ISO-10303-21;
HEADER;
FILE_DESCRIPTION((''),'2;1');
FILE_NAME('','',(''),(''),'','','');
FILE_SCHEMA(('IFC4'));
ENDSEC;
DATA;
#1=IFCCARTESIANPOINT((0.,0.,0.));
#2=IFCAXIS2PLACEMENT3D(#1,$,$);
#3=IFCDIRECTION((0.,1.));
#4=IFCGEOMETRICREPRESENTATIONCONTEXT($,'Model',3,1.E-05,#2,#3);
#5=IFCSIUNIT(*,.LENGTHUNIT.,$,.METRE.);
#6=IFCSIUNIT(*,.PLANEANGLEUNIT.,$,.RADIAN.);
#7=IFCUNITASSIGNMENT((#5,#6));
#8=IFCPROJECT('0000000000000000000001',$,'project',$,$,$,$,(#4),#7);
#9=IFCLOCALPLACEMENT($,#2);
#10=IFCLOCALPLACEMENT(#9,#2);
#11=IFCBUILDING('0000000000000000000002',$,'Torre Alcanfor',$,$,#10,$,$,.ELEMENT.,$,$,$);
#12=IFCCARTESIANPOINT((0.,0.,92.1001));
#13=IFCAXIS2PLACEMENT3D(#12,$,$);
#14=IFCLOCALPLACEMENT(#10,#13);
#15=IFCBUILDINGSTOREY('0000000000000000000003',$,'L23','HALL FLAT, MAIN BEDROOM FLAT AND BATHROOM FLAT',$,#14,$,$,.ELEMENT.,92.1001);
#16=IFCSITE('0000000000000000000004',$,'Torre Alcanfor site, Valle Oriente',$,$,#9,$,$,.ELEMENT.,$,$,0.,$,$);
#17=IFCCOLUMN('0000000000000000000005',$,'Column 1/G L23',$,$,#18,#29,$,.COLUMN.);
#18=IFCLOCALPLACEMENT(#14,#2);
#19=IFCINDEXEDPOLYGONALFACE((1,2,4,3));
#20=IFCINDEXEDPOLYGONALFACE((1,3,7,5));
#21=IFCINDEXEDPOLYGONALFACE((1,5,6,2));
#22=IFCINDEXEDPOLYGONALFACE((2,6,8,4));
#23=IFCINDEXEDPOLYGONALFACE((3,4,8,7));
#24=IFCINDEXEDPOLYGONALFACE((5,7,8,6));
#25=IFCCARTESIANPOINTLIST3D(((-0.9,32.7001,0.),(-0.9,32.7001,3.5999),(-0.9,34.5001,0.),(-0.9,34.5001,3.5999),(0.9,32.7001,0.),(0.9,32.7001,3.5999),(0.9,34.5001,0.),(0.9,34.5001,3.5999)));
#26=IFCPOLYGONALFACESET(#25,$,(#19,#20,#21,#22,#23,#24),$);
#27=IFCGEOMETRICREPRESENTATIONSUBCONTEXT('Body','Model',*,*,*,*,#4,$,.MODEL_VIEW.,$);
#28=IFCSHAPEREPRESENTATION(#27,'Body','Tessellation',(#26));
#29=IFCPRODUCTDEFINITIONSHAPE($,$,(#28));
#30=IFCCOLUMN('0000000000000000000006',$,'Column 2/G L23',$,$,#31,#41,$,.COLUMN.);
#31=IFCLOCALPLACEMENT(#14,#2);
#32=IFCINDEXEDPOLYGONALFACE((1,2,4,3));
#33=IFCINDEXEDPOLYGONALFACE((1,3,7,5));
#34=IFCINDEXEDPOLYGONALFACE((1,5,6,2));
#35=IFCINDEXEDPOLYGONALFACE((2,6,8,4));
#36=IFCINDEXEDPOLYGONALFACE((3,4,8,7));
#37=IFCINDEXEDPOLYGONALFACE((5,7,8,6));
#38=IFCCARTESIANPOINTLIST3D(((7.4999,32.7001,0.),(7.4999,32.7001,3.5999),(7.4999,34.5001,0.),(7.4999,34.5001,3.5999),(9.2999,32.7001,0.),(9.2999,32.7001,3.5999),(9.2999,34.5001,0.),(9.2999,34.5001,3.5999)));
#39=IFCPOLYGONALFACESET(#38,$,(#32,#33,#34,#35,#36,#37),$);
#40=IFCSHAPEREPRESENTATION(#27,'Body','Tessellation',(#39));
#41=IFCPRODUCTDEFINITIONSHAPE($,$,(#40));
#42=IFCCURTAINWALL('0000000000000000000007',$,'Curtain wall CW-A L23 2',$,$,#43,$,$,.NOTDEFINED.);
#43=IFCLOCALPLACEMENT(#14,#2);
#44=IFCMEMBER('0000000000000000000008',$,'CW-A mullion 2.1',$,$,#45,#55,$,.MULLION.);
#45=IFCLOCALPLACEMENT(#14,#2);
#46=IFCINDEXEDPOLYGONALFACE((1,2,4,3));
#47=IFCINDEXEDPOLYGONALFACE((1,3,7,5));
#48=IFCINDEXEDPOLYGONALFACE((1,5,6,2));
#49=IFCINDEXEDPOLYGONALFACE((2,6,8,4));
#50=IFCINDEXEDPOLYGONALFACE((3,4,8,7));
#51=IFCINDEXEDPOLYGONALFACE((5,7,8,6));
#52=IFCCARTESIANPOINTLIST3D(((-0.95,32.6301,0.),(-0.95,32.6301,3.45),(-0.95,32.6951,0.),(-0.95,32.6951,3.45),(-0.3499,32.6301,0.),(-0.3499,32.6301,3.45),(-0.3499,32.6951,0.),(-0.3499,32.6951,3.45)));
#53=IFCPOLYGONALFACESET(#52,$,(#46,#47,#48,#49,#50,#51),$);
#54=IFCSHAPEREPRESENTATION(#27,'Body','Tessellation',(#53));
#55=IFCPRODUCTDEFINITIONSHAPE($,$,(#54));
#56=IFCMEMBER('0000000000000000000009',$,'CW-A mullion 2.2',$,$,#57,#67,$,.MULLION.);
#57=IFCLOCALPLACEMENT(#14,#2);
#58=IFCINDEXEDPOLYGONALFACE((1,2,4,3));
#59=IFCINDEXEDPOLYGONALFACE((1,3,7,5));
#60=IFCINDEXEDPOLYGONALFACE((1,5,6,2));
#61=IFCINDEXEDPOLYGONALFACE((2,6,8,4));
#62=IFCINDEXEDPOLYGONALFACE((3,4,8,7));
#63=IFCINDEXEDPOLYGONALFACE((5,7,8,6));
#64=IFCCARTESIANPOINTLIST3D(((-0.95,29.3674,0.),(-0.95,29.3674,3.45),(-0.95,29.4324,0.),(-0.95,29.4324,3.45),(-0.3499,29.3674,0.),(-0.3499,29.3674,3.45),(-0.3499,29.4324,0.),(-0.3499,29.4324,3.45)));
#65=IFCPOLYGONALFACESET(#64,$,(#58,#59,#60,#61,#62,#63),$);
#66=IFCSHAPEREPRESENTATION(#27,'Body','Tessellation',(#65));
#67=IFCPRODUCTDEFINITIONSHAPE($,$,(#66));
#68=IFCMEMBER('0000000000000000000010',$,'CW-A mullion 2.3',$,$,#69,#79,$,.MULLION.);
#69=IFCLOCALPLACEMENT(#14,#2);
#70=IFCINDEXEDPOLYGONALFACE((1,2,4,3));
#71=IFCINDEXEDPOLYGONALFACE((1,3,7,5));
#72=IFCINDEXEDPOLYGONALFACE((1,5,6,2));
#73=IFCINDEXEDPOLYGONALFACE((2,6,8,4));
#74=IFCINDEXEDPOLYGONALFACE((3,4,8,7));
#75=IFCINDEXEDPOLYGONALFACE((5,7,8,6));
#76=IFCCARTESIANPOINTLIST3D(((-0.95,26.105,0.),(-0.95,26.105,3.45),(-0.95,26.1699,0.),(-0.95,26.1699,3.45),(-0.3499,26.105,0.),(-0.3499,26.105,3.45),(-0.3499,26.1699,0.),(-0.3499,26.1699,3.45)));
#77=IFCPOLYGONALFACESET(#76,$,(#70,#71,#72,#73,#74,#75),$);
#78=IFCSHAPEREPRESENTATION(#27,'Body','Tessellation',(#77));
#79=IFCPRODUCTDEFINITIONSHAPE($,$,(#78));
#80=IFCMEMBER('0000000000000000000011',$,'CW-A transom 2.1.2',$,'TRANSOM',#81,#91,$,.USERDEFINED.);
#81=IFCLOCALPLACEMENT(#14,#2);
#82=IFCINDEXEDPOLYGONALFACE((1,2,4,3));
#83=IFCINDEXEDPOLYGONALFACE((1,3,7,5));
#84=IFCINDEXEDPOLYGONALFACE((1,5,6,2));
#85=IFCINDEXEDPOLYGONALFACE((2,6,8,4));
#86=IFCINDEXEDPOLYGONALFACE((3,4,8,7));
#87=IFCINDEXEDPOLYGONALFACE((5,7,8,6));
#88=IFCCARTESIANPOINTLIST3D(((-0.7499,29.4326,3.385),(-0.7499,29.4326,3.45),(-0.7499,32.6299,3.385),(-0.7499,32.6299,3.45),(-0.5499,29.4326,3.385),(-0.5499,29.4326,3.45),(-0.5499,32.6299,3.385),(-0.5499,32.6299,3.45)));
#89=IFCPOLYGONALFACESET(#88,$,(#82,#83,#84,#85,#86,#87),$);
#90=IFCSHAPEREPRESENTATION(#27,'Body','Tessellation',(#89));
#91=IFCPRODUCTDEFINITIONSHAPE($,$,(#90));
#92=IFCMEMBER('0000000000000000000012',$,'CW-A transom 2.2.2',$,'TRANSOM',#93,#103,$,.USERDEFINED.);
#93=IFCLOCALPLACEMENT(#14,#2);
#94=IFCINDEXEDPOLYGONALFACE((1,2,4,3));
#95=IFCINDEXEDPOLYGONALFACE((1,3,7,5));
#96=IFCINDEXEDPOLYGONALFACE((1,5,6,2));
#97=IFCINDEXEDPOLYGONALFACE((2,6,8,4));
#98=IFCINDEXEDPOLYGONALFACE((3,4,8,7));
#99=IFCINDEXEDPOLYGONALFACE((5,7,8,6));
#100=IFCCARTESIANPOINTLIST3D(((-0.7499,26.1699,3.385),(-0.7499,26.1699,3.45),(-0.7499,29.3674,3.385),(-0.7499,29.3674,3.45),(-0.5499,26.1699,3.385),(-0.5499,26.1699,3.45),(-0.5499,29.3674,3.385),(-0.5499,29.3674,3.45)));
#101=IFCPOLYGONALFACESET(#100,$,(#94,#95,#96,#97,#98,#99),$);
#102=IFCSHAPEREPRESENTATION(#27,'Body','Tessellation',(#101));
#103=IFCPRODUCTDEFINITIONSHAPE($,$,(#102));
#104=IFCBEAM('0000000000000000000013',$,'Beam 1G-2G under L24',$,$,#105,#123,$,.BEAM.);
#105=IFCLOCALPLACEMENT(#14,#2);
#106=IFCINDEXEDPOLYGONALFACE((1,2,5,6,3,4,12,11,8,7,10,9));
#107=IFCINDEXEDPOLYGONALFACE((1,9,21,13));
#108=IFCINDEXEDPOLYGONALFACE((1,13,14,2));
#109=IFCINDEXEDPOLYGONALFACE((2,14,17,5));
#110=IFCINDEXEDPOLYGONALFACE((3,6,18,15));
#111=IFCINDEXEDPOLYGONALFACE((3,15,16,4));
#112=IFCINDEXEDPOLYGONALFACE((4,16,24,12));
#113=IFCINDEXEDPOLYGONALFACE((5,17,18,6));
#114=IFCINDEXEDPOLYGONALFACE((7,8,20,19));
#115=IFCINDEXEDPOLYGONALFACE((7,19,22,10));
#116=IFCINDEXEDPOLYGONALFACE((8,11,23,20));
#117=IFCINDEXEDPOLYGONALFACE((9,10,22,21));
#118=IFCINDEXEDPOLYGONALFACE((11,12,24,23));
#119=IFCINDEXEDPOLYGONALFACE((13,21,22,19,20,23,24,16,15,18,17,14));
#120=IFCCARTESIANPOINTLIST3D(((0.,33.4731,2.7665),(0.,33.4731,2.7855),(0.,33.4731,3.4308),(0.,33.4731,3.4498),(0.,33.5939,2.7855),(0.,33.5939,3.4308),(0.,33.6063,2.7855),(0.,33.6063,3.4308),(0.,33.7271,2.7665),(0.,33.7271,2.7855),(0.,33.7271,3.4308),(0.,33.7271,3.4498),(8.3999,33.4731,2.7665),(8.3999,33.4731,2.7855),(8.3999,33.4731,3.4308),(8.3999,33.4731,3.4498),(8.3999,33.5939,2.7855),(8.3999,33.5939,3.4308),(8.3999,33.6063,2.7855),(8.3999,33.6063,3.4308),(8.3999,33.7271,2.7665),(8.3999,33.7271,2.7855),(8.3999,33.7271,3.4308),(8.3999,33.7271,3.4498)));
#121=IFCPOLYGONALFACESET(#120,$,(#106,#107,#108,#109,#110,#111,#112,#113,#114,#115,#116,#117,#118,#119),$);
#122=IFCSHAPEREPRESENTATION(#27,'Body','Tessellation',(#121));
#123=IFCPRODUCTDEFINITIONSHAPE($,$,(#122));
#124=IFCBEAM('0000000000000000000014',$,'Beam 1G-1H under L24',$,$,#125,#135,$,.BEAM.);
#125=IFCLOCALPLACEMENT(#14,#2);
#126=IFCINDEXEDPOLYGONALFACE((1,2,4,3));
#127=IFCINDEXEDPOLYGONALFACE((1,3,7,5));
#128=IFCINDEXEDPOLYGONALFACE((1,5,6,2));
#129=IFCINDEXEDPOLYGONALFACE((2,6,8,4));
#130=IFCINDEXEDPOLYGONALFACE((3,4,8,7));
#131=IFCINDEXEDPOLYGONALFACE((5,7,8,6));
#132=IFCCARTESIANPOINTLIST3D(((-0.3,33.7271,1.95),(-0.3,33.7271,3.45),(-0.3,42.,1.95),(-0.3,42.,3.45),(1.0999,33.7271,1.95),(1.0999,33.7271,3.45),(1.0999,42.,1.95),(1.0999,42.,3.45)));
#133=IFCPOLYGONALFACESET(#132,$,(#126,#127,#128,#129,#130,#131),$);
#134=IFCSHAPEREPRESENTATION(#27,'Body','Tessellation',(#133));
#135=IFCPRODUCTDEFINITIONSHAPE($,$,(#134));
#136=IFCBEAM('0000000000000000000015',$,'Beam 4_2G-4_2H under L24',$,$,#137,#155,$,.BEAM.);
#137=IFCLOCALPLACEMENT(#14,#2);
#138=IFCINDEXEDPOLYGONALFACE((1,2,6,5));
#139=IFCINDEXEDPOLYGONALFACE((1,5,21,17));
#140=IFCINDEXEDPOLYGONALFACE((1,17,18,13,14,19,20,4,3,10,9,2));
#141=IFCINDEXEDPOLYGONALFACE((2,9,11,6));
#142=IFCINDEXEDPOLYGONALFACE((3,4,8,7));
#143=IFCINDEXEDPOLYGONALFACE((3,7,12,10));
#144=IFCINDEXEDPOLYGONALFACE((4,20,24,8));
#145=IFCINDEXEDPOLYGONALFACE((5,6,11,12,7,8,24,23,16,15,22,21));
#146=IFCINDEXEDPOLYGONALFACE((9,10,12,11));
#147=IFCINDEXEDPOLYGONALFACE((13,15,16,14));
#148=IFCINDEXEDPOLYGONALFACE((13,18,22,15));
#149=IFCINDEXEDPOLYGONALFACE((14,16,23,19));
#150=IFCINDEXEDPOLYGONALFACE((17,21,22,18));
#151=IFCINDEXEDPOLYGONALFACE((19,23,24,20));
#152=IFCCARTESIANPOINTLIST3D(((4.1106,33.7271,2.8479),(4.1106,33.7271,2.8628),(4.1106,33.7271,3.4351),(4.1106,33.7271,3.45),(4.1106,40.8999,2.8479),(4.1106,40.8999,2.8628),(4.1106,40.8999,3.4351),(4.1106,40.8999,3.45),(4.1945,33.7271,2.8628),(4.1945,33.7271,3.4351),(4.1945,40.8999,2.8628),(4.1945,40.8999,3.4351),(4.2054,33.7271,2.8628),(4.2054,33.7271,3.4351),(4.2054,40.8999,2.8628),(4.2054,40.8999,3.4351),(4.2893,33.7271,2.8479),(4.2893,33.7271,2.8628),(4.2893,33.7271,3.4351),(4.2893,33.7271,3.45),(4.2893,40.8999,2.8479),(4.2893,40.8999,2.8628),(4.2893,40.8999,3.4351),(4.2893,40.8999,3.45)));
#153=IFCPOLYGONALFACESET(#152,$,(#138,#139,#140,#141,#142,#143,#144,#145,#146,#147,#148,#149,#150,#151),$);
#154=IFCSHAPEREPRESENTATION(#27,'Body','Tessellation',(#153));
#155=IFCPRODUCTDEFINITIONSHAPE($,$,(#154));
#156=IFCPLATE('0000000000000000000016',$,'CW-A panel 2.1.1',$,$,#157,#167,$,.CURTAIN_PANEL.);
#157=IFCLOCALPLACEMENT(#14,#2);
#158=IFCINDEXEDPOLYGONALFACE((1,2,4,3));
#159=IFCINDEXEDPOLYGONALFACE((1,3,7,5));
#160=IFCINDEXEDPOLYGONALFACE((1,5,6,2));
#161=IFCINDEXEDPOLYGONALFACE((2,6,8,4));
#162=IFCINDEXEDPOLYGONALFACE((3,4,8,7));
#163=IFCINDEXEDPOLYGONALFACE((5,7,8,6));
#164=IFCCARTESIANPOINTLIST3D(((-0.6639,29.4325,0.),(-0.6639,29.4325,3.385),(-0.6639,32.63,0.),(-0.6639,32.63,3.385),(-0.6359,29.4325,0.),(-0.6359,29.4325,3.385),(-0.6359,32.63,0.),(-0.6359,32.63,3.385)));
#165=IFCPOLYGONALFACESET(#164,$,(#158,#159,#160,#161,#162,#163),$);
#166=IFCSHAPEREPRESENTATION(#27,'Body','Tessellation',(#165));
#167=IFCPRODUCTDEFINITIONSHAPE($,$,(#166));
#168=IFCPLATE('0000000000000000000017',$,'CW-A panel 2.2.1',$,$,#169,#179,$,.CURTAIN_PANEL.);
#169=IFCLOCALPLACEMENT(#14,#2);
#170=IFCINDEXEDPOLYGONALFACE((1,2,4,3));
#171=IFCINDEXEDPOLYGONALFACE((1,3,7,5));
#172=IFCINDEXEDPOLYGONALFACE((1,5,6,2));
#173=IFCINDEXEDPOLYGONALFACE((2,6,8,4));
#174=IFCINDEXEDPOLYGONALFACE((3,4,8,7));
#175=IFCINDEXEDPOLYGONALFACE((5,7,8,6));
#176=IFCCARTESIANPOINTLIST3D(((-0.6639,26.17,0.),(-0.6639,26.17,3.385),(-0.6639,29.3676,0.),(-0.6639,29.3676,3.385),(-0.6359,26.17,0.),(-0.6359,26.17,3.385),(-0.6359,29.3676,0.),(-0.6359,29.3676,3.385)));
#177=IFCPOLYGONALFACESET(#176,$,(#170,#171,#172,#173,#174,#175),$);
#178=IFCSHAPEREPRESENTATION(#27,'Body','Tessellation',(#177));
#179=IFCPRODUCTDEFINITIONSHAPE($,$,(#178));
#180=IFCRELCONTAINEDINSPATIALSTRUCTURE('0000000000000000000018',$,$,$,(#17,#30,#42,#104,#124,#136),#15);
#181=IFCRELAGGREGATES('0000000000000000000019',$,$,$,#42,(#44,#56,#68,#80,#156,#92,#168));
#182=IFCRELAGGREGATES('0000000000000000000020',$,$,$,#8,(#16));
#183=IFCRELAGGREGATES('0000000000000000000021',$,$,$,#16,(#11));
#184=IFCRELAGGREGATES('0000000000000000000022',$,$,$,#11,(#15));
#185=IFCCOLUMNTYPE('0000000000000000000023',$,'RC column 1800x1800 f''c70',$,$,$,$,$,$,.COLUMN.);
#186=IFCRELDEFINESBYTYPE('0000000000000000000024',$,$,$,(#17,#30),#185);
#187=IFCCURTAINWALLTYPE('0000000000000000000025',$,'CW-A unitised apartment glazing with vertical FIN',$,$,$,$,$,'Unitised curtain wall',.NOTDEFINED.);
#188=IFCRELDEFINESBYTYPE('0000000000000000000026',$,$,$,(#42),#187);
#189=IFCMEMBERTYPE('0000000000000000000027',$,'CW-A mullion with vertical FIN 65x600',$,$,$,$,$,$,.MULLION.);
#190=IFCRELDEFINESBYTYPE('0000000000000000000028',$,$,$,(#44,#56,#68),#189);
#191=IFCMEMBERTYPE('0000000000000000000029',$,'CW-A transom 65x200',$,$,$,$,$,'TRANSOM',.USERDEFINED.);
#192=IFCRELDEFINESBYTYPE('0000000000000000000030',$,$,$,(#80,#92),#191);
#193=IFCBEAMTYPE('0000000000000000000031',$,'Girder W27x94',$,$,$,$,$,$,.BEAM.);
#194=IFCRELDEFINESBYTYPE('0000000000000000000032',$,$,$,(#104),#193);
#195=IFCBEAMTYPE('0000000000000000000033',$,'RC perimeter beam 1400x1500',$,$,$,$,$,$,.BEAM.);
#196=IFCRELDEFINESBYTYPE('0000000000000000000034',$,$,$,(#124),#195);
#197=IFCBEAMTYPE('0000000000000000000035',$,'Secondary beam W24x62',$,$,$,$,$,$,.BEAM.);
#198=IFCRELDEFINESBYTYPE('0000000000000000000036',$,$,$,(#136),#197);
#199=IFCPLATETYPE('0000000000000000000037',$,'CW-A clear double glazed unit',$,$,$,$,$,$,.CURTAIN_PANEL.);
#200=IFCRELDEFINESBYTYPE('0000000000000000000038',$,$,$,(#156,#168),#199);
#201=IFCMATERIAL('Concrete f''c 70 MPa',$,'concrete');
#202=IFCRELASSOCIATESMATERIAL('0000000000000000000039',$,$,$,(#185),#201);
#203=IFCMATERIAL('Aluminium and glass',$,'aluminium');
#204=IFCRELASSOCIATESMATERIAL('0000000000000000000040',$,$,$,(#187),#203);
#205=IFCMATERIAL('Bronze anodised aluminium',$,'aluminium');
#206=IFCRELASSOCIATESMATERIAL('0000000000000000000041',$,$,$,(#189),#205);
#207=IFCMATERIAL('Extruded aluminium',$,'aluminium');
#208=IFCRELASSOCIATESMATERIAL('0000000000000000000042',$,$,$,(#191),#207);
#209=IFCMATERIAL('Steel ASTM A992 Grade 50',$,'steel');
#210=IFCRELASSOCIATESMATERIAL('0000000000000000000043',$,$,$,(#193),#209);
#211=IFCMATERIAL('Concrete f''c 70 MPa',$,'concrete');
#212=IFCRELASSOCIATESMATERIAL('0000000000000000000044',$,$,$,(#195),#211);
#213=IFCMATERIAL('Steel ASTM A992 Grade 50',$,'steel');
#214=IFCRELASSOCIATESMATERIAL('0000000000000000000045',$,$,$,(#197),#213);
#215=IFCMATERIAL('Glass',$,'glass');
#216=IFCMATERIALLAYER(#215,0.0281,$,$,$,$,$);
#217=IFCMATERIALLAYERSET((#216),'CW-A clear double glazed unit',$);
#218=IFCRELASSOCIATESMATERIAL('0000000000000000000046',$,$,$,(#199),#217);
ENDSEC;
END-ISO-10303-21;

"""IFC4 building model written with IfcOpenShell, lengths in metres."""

from ifc_helpers import new_model, si_unit, direction, frame, origin, origin_2d, place, context, subcontext, project, spatial, rectangle, i_section, extrude, material, layer, layer_set, material_profile, profile_set, type_object, element, aggregate, save


model = new_model("IFC4")

# Units and contexts
model_context = context("Model", 3, precision=1e-05, world=origin(), true_north=direction((0.0, 1.0)))
body_context = subcontext(model_context, "Body", "Model", "MODEL_VIEW")
ifc_project = project(units=[si_unit("LENGTHUNIT", "METRE"), si_unit("PLANEANGLEUNIT", "RADIAN")], contexts=[model_context])

# Site, building, storey
site_placement = place(None, origin())
site = spatial("IfcSite", under=ifc_project, at=site_placement, Name="Torre Alcanfor site, Valle Oriente", CompositionType="ELEMENT", RefElevation=0.0)
building_placement = place(site_placement, origin())
building = spatial("IfcBuilding", under=site, at=building_placement, Name="Torre Alcanfor", CompositionType="ELEMENT")
storey_placement = place(building_placement, frame((0.0, 0.0, 92.1001)))
storey = spatial("IfcBuildingStorey", under=building, at=storey_placement, Name="L23", Description="HALL FLAT, MAIN BEDROOM FLAT AND BATHROOM FLAT", CompositionType="ELEMENT", Elevation=92.1001)

# Columns
ifc_material_1 = material(Name="Concrete f'c 70 MPa", Category="concrete")
ifc_material_profile_1 = material_profile(ifc_material_1, rectangle(XDim=1.8, YDim=1.8, at=origin_2d()), Name="1800x1800")
ifc_profile_set_1 = profile_set([ifc_material_profile_1], Name="Concrete f'c 70 MPa")
column_type = type_object("IfcColumnType", Name="RC column 1800x1800 f'c70", PredefinedType="COLUMN", material=ifc_profile_set_1)
for number, where, z_axis, x_axis, name in (
    (1, (0.0, 33.6001, 0.0), (0.0, 0.0, 1.0), (1.0, 0.0, 0.0), "Column 1/G L23"),
    (2, (8.3999, 33.6001, 0.0), (0.0, 0.0, 1.0), (1.0, 0.0, 0.0), "Column 2/G L23"),
):
    element("IfcColumn", number, at=place(storey_placement, frame(where, z_axis=z_axis, x_axis=x_axis)), inside=storey, type_object=column_type, Name=name, PredefinedType="COLUMN", context=body_context, shape_type="SweptSolid", body=[
        extrude(rectangle(XDim=1.8, YDim=1.8, at=origin_2d()), origin(), (0.0, 0.0, 1.0), 3.5999),
    ])

# Curtain wall, members
ifc_material_2 = material(Name="Aluminium and glass", Category="aluminium")
curtain_wall_type = type_object("IfcCurtainWallType", Name="CW-A unitised apartment glazing with vertical FIN", ElementType="Unitised curtain wall", PredefinedType="NOTDEFINED", material=ifc_material_2)
curtain_wall_placement = place(storey_placement, origin())
curtain_wall = element("IfcCurtainWall", 3, at=curtain_wall_placement, inside=storey, type_object=curtain_wall_type, Name="Curtain wall CW-A L23 2", PredefinedType="NOTDEFINED")
ifc_material_3 = material(Name="Bronze anodised aluminium", Category="aluminium")
ifc_material_profile_2 = material_profile(ifc_material_3, rectangle(XDim=0.6001, YDim=0.0649, at=origin_2d()), Name="CW-A mullion 65x600")
ifc_profile_set_2 = profile_set([ifc_material_profile_2], Name="Bronze anodised aluminium")
member_type_1 = type_object("IfcMemberType", Name="CW-A mullion with vertical FIN 65x600", PredefinedType="MULLION", material=ifc_profile_set_2)
member_1_placement = place(storey_placement, frame((-0.6499, 32.6626, 0.0), z_axis=(0.0, 0.0, 1.0), x_axis=(1.0, 0.0, 0.0)))
member_1 = element("IfcMember", 4, at=member_1_placement, type_object=member_type_1, Name="CW-A mullion 2.1", PredefinedType="MULLION", context=body_context, shape_type="SweptSolid", body=[
    extrude(rectangle(XDim=0.6001, YDim=0.0649, at=origin_2d()), origin(), (0.0, 0.0, 1.0), 3.45),
])
member_2_placement = place(storey_placement, frame((-0.6499, 29.3999, 0.0), z_axis=(0.0, 0.0, 1.0), x_axis=(1.0, 0.0, 0.0)))
member_2 = element("IfcMember", 5, at=member_2_placement, type_object=member_type_1, Name="CW-A mullion 2.2", PredefinedType="MULLION", context=body_context, shape_type="SweptSolid", body=[
    extrude(rectangle(XDim=0.6001, YDim=0.0649, at=origin_2d()), origin(), (0.0, 0.0, 1.0), 3.45),
])
member_3_placement = place(storey_placement, frame((-0.6499, 26.1375, 0.0), z_axis=(0.0, 0.0, 1.0), x_axis=(1.0, 0.0, 0.0)))
member_3 = element("IfcMember", 6, at=member_3_placement, type_object=member_type_1, Name="CW-A mullion 2.3", PredefinedType="MULLION", context=body_context, shape_type="SweptSolid", body=[
    extrude(rectangle(XDim=0.6001, YDim=0.0649, at=origin_2d()), origin(), (0.0, 0.0, 1.0), 3.45),
])
ifc_material_4 = material(Name="Extruded aluminium", Category="aluminium")
ifc_material_profile_3 = material_profile(ifc_material_4, rectangle(XDim=0.2, YDim=0.0649, at=origin_2d()), Name="CW-A transom 200x65")
ifc_profile_set_3 = profile_set([ifc_material_profile_3], Name="Extruded aluminium")
member_type_2 = type_object("IfcMemberType", Name="CW-A transom 65x200", ElementType="TRANSOM", PredefinedType="USERDEFINED", material=ifc_profile_set_3)
member_4_placement = place(storey_placement, frame((-0.6499, 32.6299, 3.4175), z_axis=(0.0, -1.0, 0.0), x_axis=(1.0, 0.0, 0.0)))
member_4 = element("IfcMember", 7, at=member_4_placement, type_object=member_type_2, Name="CW-A transom 2.1.2", ObjectType="TRANSOM", PredefinedType="USERDEFINED", context=body_context, shape_type="SweptSolid", body=[
    extrude(rectangle(XDim=0.2, YDim=0.0649, at=origin_2d()), origin(), (0.0, 0.0, 1.0), 3.1973),
])
member_5_placement = place(storey_placement, frame((-0.6499, 29.3674, 3.4175), z_axis=(0.0, -1.0, 0.0), x_axis=(1.0, 0.0, 0.0)))
member_5 = element("IfcMember", 8, at=member_5_placement, type_object=member_type_2, Name="CW-A transom 2.2.2", ObjectType="TRANSOM", PredefinedType="USERDEFINED", context=body_context, shape_type="SweptSolid", body=[
    extrude(rectangle(XDim=0.2, YDim=0.0649, at=origin_2d()), origin(), (0.0, 0.0, 1.0), 3.1975),
])

# Beams
ifc_material_5 = material(Name="Steel ASTM A992 Grade 50", Category="steel")
ifc_material_profile_4 = material_profile(ifc_material_5, i_section(OverallWidth=0.2539, OverallDepth=0.6833, WebThickness=0.0125, FlangeThickness=0.019, at=origin_2d()), Name="W27x94")
ifc_profile_set_4 = profile_set([ifc_material_profile_4], Name="Steel ASTM A992 Grade 50")
beam_type_1 = type_object("IfcBeamType", Name="Girder W27x94", PredefinedType="BEAM", material=ifc_profile_set_4)
beam_1_placement = place(storey_placement, frame((0.0, 33.6001, 3.1082), z_axis=(1.0, 0.0, 0.0), x_axis=(0.0, 1.0, 0.0)))
element("IfcBeam", 9, at=beam_1_placement, inside=storey, type_object=beam_type_1, Name="Beam 1G-2G under L24", PredefinedType="BEAM", context=body_context, shape_type="SweptSolid", body=[
    extrude(i_section(OverallWidth=0.2539, OverallDepth=0.6833, WebThickness=0.0125, FlangeThickness=0.019, at=origin_2d()), origin(), (0.0, 0.0, 1.0), 8.3999),
])
ifc_material_6 = material(Name="Concrete f'c 70 MPa", Category="concrete")
ifc_material_profile_5 = material_profile(ifc_material_6, rectangle(XDim=1.3999, YDim=1.5, at=origin_2d()), Name="1400x1500")
ifc_profile_set_5 = profile_set([ifc_material_profile_5], Name="Concrete f'c 70 MPa")
beam_type_2 = type_object("IfcBeamType", Name="RC perimeter beam 1400x1500", PredefinedType="BEAM", material=ifc_profile_set_5)
beam_2_placement = place(storey_placement, frame((0.3999, 33.7271, 2.7), z_axis=(0.0, 1.0, 0.0), x_axis=(-1.0, 0.0, 0.0)))
element("IfcBeam", 10, at=beam_2_placement, inside=storey, type_object=beam_type_2, Name="Beam 1G-1H under L24", PredefinedType="BEAM", context=body_context, shape_type="SweptSolid", body=[
    extrude(rectangle(XDim=1.3999, YDim=1.5, at=origin_2d()), origin(), (0.0, 0.0, 1.0), 8.2729),
])
ifc_material_7 = material(Name="Steel ASTM A992 Grade 50", Category="steel")
ifc_material_profile_6 = material_profile(ifc_material_7, i_section(OverallWidth=0.1787, OverallDepth=0.6021, WebThickness=0.011, FlangeThickness=0.0149, at=origin_2d()), Name="W24x62")
ifc_profile_set_6 = profile_set([ifc_material_profile_6], Name="Steel ASTM A992 Grade 50")
beam_type_3 = type_object("IfcBeamType", Name="Secondary beam W24x62", PredefinedType="BEAM", material=ifc_profile_set_6)
beam_3_placement = place(storey_placement, frame((4.2, 33.7271, 3.1489), z_axis=(0.0, 1.0, 0.0), x_axis=(-1.0, 0.0, 0.0)))
element("IfcBeam", 11, at=beam_3_placement, inside=storey, type_object=beam_type_3, Name="Beam 4_2G-4_2H under L24", PredefinedType="BEAM", context=body_context, shape_type="SweptSolid", body=[
    extrude(i_section(OverallWidth=0.1787, OverallDepth=0.6021, WebThickness=0.011, FlangeThickness=0.0149, at=origin_2d()), origin(), (0.0, 0.0, 1.0), 7.1729),
])

# Plates
ifc_material_8 = material(Name="Glass", Category="glass")
ifc_layer_1 = layer(ifc_material_8, 0.0281)
ifc_layer_set_1 = layer_set([ifc_layer_1], Name="CW-A clear double glazed unit")
plate_type = type_object("IfcPlateType", Name="CW-A clear double glazed unit", PredefinedType="CURTAIN_PANEL", material=ifc_layer_set_1)
plate_1_placement = place(storey_placement, frame((-0.6499, 31.0312, 0.0), z_axis=(0.0, 0.0, 1.0), x_axis=(0.0, -1.0, 0.0)))
plate_1 = element("IfcPlate", 12, at=plate_1_placement, type_object=plate_type, Name="CW-A panel 2.1.1", PredefinedType="CURTAIN_PANEL", context=body_context, shape_type="SweptSolid", body=[
    extrude(rectangle(XDim=3.1975, YDim=0.0281, at=origin_2d()), origin(), (0.0, 0.0, 1.0), 3.385),
])
plate_2_placement = place(storey_placement, frame((-0.6499, 27.7688, 0.0), z_axis=(0.0, 0.0, 1.0), x_axis=(0.0, -1.0, 0.0)))
plate_2 = element("IfcPlate", 13, at=plate_2_placement, type_object=plate_type, Name="CW-A panel 2.2.1", PredefinedType="CURTAIN_PANEL", context=body_context, shape_type="SweptSolid", body=[
    extrude(rectangle(XDim=3.1975, YDim=0.0281, at=origin_2d()), origin(), (0.0, 0.0, 1.0), 3.385),
])
aggregate(curtain_wall, [member_1, member_2, member_3, member_4, plate_1, member_5, plate_2])

save(model, "model.ifc")
